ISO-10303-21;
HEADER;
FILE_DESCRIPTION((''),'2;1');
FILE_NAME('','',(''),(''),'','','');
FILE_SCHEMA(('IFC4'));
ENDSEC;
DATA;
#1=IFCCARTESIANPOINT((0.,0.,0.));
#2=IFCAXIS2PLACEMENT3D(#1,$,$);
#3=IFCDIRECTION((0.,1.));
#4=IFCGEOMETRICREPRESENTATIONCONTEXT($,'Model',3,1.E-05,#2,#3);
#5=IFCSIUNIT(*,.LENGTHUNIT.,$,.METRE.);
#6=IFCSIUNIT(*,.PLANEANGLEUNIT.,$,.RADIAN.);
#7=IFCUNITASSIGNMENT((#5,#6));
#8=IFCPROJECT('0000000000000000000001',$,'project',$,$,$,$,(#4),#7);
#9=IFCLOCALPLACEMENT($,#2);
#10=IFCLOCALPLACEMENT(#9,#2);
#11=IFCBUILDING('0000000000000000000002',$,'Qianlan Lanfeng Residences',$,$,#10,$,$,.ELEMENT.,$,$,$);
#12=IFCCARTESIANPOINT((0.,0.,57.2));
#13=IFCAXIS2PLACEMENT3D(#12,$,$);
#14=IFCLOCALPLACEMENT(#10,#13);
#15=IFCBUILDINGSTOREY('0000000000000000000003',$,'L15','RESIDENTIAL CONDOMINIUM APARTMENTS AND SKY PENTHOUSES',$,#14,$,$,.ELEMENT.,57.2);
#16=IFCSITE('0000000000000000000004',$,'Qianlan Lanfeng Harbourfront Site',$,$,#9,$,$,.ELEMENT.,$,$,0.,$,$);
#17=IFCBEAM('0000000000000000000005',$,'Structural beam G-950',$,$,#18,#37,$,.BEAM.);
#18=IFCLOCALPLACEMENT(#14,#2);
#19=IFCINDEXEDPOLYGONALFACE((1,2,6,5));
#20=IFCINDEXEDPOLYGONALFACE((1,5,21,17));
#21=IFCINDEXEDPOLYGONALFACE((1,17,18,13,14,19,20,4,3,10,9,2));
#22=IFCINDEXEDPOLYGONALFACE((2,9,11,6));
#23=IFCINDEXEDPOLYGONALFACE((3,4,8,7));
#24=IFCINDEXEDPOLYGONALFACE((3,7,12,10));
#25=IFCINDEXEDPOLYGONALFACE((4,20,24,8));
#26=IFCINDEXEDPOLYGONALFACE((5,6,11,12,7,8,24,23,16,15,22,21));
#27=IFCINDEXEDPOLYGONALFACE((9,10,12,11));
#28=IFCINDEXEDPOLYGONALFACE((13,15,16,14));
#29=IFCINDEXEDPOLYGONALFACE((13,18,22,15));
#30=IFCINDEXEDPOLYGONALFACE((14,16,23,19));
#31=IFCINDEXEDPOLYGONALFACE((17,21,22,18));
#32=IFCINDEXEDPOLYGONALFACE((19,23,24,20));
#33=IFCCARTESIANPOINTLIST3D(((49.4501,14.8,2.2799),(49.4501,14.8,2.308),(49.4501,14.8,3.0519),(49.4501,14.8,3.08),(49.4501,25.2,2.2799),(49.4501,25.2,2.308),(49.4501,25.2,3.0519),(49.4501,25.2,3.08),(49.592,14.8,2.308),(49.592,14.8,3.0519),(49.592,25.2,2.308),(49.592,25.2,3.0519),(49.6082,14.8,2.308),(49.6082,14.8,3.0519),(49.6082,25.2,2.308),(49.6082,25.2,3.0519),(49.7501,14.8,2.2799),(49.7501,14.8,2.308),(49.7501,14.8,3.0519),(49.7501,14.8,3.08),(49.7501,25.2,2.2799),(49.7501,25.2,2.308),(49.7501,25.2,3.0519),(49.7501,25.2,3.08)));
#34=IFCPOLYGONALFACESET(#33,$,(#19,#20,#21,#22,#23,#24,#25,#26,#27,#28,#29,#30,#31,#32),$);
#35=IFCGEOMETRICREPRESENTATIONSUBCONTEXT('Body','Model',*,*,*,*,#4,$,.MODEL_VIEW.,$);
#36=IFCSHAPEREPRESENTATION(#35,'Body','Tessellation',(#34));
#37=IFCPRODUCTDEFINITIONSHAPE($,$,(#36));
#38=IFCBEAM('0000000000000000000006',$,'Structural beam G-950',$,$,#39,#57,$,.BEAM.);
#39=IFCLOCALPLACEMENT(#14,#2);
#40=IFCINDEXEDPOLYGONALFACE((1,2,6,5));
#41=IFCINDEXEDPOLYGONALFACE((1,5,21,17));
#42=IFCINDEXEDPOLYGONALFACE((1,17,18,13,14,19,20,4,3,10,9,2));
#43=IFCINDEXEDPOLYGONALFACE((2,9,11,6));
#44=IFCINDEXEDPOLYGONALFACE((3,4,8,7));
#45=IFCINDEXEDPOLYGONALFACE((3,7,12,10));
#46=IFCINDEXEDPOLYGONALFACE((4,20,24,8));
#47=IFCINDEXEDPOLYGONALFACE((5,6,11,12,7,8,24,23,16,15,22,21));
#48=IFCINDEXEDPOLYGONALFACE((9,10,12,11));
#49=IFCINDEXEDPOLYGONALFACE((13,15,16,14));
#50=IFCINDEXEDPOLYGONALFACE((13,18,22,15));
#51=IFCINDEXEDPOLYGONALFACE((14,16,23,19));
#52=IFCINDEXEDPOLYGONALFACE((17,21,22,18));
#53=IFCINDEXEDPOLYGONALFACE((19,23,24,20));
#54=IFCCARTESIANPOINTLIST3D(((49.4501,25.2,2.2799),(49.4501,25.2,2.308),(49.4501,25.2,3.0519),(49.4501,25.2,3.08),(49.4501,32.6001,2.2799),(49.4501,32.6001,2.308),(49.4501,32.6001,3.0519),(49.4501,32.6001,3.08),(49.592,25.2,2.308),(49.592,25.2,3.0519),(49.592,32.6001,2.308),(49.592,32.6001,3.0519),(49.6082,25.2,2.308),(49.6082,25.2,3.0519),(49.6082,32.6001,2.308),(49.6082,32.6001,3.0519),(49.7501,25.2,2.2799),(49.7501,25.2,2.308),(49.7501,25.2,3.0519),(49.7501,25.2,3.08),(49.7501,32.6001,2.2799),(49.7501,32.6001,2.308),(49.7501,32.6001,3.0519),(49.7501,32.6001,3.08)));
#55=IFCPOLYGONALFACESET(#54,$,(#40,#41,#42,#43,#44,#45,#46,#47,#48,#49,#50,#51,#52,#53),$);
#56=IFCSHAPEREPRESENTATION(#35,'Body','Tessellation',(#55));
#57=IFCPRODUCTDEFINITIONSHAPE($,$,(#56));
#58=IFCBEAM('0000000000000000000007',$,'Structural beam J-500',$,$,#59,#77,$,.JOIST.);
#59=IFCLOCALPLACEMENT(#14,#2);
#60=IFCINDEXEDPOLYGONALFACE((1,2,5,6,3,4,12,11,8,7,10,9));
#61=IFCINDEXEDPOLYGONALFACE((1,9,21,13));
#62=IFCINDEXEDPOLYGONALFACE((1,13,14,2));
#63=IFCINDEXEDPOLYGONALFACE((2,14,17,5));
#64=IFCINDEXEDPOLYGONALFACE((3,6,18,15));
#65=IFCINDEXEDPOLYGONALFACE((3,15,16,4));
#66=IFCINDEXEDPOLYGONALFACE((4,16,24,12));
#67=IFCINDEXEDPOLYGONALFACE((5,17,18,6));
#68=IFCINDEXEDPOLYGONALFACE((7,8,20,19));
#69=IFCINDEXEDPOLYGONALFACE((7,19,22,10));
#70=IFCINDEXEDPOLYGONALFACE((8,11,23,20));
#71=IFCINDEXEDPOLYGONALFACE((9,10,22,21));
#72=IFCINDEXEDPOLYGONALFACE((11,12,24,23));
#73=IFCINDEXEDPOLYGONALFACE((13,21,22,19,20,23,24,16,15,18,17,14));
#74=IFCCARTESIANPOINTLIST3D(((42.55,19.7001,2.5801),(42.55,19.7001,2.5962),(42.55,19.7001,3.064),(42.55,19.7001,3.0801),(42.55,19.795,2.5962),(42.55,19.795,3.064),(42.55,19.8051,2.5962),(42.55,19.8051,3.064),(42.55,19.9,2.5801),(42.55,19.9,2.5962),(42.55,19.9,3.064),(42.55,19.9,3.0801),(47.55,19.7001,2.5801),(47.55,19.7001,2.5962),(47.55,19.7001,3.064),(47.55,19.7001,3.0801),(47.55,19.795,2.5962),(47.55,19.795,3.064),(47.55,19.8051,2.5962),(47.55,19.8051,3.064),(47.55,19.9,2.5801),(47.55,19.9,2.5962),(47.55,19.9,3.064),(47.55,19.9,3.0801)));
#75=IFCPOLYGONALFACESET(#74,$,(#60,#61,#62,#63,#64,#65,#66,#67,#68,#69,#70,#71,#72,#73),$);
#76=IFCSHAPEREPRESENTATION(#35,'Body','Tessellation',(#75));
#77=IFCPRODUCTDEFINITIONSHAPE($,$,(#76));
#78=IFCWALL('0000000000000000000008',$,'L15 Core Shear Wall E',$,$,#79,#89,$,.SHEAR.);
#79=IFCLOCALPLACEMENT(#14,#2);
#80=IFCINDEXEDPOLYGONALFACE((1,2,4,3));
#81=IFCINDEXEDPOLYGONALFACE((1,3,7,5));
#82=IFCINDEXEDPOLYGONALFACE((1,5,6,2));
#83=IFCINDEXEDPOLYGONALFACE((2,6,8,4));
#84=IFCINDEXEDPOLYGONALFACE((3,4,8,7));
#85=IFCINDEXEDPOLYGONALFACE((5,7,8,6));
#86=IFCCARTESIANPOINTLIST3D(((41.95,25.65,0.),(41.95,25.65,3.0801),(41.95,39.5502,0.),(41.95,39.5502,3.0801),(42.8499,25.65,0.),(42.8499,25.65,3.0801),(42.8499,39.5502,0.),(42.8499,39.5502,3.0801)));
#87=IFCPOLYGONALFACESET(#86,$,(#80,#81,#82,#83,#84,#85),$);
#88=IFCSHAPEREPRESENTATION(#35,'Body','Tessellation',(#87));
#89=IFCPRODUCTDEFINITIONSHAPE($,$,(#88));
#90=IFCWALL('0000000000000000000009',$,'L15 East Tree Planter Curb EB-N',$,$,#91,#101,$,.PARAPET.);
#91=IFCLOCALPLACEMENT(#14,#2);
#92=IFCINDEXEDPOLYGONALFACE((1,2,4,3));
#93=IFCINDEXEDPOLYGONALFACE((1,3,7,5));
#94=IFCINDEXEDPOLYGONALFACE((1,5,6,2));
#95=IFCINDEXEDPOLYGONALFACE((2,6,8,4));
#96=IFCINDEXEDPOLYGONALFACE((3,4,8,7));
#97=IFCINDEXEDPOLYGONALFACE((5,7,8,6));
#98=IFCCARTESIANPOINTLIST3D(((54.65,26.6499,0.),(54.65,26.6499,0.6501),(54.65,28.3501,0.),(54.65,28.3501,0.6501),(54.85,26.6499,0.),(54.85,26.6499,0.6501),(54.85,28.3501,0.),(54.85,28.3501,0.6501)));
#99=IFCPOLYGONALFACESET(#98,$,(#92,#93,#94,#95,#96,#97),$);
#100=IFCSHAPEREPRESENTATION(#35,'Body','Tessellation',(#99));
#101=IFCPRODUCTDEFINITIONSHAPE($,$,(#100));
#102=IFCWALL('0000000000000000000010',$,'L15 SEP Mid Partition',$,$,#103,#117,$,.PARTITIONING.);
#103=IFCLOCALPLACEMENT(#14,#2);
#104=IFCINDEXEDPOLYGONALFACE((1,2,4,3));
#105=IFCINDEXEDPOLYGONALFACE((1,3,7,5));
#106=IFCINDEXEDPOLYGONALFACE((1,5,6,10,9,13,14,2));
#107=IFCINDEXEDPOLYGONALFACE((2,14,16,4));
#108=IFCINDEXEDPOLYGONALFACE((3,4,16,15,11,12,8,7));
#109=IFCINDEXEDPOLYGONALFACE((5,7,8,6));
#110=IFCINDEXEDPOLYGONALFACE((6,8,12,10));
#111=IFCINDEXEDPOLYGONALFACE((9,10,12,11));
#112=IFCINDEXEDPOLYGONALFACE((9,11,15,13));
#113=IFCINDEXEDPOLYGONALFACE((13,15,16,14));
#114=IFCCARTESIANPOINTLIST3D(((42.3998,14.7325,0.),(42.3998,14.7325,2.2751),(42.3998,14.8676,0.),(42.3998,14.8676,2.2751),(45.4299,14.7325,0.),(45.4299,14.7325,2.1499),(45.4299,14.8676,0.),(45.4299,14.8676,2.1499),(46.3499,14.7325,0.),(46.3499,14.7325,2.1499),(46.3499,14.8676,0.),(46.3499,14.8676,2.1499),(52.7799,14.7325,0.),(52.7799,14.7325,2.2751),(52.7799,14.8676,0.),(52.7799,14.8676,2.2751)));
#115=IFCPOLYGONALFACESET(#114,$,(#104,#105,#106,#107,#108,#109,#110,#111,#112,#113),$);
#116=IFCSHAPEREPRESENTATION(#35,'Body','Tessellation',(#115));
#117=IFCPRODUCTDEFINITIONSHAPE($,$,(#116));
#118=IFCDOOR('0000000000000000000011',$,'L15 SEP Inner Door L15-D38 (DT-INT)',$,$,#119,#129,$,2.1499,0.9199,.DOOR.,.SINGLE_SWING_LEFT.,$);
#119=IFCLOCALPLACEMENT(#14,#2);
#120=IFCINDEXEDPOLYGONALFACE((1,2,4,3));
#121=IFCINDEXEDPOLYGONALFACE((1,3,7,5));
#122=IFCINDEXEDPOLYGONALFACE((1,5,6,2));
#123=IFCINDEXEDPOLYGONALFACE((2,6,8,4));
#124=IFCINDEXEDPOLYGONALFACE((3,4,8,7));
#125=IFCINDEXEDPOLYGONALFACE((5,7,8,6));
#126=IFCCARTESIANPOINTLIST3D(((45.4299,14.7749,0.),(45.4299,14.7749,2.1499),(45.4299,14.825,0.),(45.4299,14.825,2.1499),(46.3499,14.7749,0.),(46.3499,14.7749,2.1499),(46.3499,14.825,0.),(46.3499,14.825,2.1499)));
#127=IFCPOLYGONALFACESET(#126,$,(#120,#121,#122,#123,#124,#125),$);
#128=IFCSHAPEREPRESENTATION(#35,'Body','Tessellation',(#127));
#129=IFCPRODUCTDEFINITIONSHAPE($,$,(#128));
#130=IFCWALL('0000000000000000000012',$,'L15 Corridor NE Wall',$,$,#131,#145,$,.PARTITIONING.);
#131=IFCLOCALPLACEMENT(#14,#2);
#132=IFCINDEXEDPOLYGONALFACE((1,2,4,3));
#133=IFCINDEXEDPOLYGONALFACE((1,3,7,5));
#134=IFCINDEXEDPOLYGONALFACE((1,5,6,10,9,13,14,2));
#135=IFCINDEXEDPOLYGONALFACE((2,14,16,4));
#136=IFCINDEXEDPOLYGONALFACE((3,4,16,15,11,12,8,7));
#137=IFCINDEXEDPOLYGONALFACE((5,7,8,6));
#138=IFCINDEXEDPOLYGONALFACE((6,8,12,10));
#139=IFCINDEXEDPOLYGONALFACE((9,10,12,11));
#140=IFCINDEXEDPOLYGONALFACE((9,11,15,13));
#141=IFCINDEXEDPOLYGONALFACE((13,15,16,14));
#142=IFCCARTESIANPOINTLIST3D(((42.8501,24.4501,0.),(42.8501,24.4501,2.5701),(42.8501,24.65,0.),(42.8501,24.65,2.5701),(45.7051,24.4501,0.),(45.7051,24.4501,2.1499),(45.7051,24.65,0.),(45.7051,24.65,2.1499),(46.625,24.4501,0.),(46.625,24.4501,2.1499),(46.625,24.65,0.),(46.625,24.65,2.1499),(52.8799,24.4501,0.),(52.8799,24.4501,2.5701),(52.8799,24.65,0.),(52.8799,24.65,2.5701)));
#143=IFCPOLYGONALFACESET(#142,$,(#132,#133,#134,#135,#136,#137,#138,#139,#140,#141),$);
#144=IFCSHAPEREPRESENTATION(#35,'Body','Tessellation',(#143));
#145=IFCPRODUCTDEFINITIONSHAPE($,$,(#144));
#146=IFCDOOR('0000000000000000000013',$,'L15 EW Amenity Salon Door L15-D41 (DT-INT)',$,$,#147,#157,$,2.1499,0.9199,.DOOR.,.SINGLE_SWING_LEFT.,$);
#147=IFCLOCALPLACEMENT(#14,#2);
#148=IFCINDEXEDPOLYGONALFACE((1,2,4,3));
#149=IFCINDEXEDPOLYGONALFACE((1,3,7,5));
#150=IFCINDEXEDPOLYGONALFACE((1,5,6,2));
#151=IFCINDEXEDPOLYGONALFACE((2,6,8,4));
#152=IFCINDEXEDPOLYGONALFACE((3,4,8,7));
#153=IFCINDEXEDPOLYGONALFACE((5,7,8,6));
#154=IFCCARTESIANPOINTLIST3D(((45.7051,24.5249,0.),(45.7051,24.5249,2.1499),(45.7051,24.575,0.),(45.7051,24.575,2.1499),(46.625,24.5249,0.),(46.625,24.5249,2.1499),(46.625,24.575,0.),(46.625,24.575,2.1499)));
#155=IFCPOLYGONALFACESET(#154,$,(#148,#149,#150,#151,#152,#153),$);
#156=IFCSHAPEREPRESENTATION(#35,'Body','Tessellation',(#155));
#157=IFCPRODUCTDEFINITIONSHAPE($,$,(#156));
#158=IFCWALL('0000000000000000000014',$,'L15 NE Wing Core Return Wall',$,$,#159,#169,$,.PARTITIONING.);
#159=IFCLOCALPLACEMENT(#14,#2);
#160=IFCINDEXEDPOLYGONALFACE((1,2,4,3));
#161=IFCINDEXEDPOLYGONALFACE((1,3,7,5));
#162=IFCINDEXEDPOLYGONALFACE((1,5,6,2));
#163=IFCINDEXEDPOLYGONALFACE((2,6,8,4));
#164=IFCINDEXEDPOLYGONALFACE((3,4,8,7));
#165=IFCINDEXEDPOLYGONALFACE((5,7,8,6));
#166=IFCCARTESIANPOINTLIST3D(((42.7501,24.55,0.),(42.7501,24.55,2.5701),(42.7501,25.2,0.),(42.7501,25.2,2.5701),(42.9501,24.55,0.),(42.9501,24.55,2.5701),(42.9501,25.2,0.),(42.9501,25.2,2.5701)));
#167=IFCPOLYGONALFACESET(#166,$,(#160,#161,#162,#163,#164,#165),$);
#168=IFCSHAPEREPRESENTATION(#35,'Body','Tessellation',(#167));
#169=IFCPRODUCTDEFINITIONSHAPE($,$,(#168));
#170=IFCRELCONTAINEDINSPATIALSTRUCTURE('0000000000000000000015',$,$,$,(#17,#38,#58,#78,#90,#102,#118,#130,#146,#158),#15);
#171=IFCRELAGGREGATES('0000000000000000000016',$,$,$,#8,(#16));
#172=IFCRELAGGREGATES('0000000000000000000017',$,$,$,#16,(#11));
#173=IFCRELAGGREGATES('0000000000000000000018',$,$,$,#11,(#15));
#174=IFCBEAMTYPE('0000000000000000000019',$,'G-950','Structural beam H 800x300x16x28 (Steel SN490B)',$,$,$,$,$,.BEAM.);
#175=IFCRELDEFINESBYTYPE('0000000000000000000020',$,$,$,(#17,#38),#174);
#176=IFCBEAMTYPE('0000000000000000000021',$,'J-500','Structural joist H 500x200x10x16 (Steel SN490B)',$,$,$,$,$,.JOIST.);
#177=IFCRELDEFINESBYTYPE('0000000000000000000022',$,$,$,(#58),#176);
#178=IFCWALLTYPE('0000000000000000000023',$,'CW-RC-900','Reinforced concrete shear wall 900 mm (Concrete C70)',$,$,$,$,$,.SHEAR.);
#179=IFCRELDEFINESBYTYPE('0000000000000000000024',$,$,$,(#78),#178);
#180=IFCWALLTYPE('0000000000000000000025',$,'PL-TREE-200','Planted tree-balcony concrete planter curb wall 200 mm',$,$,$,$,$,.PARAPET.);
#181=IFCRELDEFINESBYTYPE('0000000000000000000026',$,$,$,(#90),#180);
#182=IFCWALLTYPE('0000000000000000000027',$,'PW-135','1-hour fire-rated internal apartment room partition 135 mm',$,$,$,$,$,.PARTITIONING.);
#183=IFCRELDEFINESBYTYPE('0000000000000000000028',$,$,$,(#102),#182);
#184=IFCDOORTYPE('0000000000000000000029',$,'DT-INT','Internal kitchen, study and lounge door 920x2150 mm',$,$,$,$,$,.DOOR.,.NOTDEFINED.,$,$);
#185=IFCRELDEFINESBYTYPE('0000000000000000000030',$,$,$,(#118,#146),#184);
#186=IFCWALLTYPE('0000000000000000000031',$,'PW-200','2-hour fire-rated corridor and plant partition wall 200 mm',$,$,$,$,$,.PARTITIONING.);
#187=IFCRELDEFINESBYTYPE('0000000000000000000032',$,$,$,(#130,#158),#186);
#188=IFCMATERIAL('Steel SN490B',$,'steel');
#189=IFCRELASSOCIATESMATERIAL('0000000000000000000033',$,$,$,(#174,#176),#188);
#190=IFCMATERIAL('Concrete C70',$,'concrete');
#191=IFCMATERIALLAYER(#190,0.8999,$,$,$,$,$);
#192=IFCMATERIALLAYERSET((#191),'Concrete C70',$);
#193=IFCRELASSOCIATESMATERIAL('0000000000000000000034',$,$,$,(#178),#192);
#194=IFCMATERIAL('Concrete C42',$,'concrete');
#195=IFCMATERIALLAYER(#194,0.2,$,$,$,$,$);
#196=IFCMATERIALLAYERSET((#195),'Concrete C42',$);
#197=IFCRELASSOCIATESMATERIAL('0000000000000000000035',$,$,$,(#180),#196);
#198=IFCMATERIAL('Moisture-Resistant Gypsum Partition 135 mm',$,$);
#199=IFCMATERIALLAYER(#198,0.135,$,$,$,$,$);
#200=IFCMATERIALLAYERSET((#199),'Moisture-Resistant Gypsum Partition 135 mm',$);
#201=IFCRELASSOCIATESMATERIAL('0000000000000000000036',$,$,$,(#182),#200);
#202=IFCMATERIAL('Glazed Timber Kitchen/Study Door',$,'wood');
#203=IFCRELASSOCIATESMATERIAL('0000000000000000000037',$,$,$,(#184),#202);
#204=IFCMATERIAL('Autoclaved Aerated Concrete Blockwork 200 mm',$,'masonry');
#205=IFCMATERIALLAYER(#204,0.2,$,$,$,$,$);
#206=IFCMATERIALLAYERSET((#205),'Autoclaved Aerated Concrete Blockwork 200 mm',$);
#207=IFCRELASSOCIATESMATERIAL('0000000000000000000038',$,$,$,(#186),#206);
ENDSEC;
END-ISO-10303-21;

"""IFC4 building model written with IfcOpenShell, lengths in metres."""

from ifc_helpers import new_model, si_unit, direction, frame, frame_2d, origin, origin_2d, place, context, subcontext, project, spatial, rectangle, i_section, extrude, material, layer, layer_set, material_profile, profile_set, type_object, element, fill, save


model = new_model("IFC4")

# Units and contexts
model_context = context("Model", 3, precision=1e-05, world=origin(), true_north=direction((0.0, 1.0)))
body_context = subcontext(model_context, "Body", "Model", "MODEL_VIEW")
ifc_project = project(units=[si_unit("LENGTHUNIT", "METRE"), si_unit("PLANEANGLEUNIT", "RADIAN")], contexts=[model_context])

# Site, building, storey
site_placement = place(None, origin())
site = spatial("IfcSite", under=ifc_project, at=site_placement, Name="Qianlan Lanfeng Harbourfront Site", CompositionType="ELEMENT", RefElevation=0.0)
building_placement = place(site_placement, origin())
building = spatial("IfcBuilding", under=site, at=building_placement, Name="Qianlan Lanfeng Residences", CompositionType="ELEMENT")
storey_placement = place(building_placement, frame((0.0, 0.0, 57.2)))
storey = spatial("IfcBuildingStorey", under=building, at=storey_placement, Name="L15", Description="RESIDENTIAL CONDOMINIUM APARTMENTS AND SKY PENTHOUSES", CompositionType="ELEMENT", Elevation=57.2)

# Shared definitions
ifc_material_1 = material(Name="Steel SN490B", Category="steel")

# Beams
ifc_material_profile_1 = material_profile(ifc_material_1, i_section(OverallWidth=0.3, OverallDepth=0.8, WebThickness=0.0161, FlangeThickness=0.0281, at=origin_2d()), Name="H 800x300x16x28")
ifc_profile_set_1 = profile_set([ifc_material_profile_1], Name="Steel SN490B")
beam_type_1 = type_object("IfcBeamType", Name="G-950", Description="Structural beam H 800x300x16x28 (Steel SN490B)", PredefinedType="BEAM", material=ifc_profile_set_1)
beam_1_placement = place(storey_placement, frame((49.6001, 14.8, 2.6799), z_axis=(0.0, 1.0, 0.0), x_axis=(-1.0, 0.0, 0.0)))
element("IfcBeam", 1, at=beam_1_placement, inside=storey, type_object=beam_type_1, Name="Structural beam G-950", PredefinedType="BEAM", context=body_context, shape_type="SweptSolid", body=[
    extrude(i_section(OverallWidth=0.3, OverallDepth=0.8, WebThickness=0.0161, FlangeThickness=0.0281, at=origin_2d()), origin(), (0.0, 0.0, 1.0), 10.3999),
])
beam_2_placement = place(storey_placement, frame((49.6001, 25.2, 2.6799), z_axis=(0.0, 1.0, 0.0), x_axis=(-1.0, 0.0, 0.0)))
element("IfcBeam", 2, at=beam_2_placement, inside=storey, type_object=beam_type_1, Name="Structural beam G-950", PredefinedType="BEAM", context=body_context, shape_type="SweptSolid", body=[
    extrude(i_section(OverallWidth=0.3, OverallDepth=0.8, WebThickness=0.0161, FlangeThickness=0.0281, at=origin_2d()), origin(), (0.0, 0.0, 1.0), 7.4001),
])
ifc_material_profile_2 = material_profile(ifc_material_1, i_section(OverallWidth=0.2, OverallDepth=0.5, WebThickness=0.01, FlangeThickness=0.0161, at=origin_2d()), Name="H 500x200x10x16")
ifc_profile_set_2 = profile_set([ifc_material_profile_2], Name="Steel SN490B")
beam_type_2 = type_object("IfcBeamType", Name="J-500", Description="Structural joist H 500x200x10x16 (Steel SN490B)", PredefinedType="JOIST", material=ifc_profile_set_2)
beam_3_placement = place(storey_placement, frame((42.55, 19.8, 2.8301), z_axis=(1.0, 0.0, 0.0), x_axis=(0.0, 1.0, 0.0)))
element("IfcBeam", 3, at=beam_3_placement, inside=storey, type_object=beam_type_2, Name="Structural beam J-500", PredefinedType="JOIST", context=body_context, shape_type="SweptSolid", body=[
    extrude(i_section(OverallWidth=0.2, OverallDepth=0.5, WebThickness=0.01, FlangeThickness=0.0161, at=origin_2d()), origin(), (0.0, 0.0, 1.0), 5.0),
])

# Walls
ifc_material_2 = material(Name="Concrete C70", Category="concrete")
ifc_layer_1 = layer(ifc_material_2, 0.8999)
ifc_layer_set_1 = layer_set([ifc_layer_1], Name="Concrete C70")
wall_type_1 = type_object("IfcWallType", Name="CW-RC-900", Description="Reinforced concrete shear wall 900 mm (Concrete C70)", PredefinedType="SHEAR", material=ifc_layer_set_1)
wall_1_placement = place(storey_placement, frame((42.3999, 25.6499, 0.0), z_axis=(0.0, 0.0, 1.0), x_axis=(0.0, 1.0, 0.0)))
element("IfcWall", 4, at=wall_1_placement, inside=storey, type_object=wall_type_1, Name="L15 Core Shear Wall E", PredefinedType="SHEAR", context=body_context, shape_type="SweptSolid", body=[
    extrude(rectangle(XDim=13.9001, YDim=0.8999, at=frame_2d((6.9502, 0.0))), origin(), (0.0, 0.0, 1.0), 3.0801),
])
ifc_material_3 = material(Name="Concrete C42", Category="concrete")
ifc_layer_2 = layer(ifc_material_3, 0.2)
ifc_layer_set_2 = layer_set([ifc_layer_2], Name="Concrete C42")
wall_type_2 = type_object("IfcWallType", Name="PL-TREE-200", Description="Planted tree-balcony concrete planter curb wall 200 mm", PredefinedType="PARAPET", material=ifc_layer_set_2)
wall_2_placement = place(storey_placement, frame((54.75, 26.6499, 0.0), z_axis=(0.0, 0.0, 1.0), x_axis=(0.0, 1.0, 0.0)))
element("IfcWall", 5, at=wall_2_placement, inside=storey, type_object=wall_type_2, Name="L15 East Tree Planter Curb EB-N", PredefinedType="PARAPET", context=body_context, shape_type="SweptSolid", body=[
    extrude(rectangle(XDim=1.7002, YDim=0.2, at=frame_2d((0.8501, 0.0))), origin(), (0.0, 0.0, 1.0), 0.6501),
])

# Walls, openings, doors
ifc_material_4 = material(Name="Moisture-Resistant Gypsum Partition 135 mm")
ifc_layer_3 = layer(ifc_material_4, 0.135)
ifc_layer_set_3 = layer_set([ifc_layer_3], Name="Moisture-Resistant Gypsum Partition 135 mm")
wall_type_3 = type_object("IfcWallType", Name="PW-135", Description="1-hour fire-rated internal apartment room partition 135 mm", PredefinedType="PARTITIONING", material=ifc_layer_set_3)
wall_3_placement = place(storey_placement, frame((42.3999, 14.8, 0.0), z_axis=(0.0, 0.0, 1.0), x_axis=(1.0, 0.0, 0.0)))
wall_3 = element("IfcWall", 6, at=wall_3_placement, inside=storey, type_object=wall_type_3, Name="L15 SEP Mid Partition", PredefinedType="PARTITIONING", context=body_context, shape_type="SweptSolid", body=[
    extrude(rectangle(XDim=10.3801, YDim=0.135, at=frame_2d((5.1899, 0.0))), origin(), (0.0, 0.0, 1.0), 2.2751),
])
opening_1_placement = place(wall_3_placement, frame((3.03, 0.0, 0.0)))
opening_1 = element("IfcOpeningElement", 7, at=opening_1_placement, cuts=wall_3, PredefinedType="OPENING", context=body_context, shape_type="SweptSolid", body=[
    extrude(rectangle(XDim=0.9199, YDim=2.1499, at=frame_2d((0.46, 1.075))), frame((0.0, 0.0776, 0.0), z_axis=(0.0, -1.0, 0.0), x_axis=(1.0, 0.0, 0.0)), (0.0, 0.0, 1.0), 0.155),
])
ifc_material_5 = material(Name="Glazed Timber Kitchen/Study Door", Category="wood")
door_type = type_object("IfcDoorType", Name="DT-INT", Description="Internal kitchen, study and lounge door 920x2150 mm", OperationType="NOTDEFINED", PredefinedType="DOOR", material=ifc_material_5)
door_1_placement = place(opening_1_placement, origin())
door_1 = element("IfcDoor", 8, at=door_1_placement, inside=storey, type_object=door_type, Name="L15 SEP Inner Door L15-D38 (DT-INT)", OperationType="SINGLE_SWING_LEFT", OverallHeight=2.1499, OverallWidth=0.9199, PredefinedType="DOOR", context=body_context, shape_type="SweptSolid", body=[
    extrude(rectangle(XDim=0.9199, YDim=2.1499, at=frame_2d((0.46, 1.075))), frame((0.0, 0.0249, 0.0), z_axis=(0.0, -1.0, 0.0), x_axis=(1.0, 0.0, 0.0)), (0.0, 0.0, 1.0), 0.05),
])
fill(opening_1, door_1)
ifc_material_6 = material(Name="Autoclaved Aerated Concrete Blockwork 200 mm", Category="masonry")
ifc_layer_4 = layer(ifc_material_6, 0.2)
ifc_layer_set_4 = layer_set([ifc_layer_4], Name="Autoclaved Aerated Concrete Blockwork 200 mm")
wall_type_4 = type_object("IfcWallType", Name="PW-200", Description="2-hour fire-rated corridor and plant partition wall 200 mm", PredefinedType="PARTITIONING", material=ifc_layer_set_4)
wall_4_placement = place(storey_placement, frame((42.8501, 24.55, 0.0), z_axis=(0.0, 0.0, 1.0), x_axis=(1.0, 0.0, 0.0)))
wall_4 = element("IfcWall", 9, at=wall_4_placement, inside=storey, type_object=wall_type_4, Name="L15 Corridor NE Wall", PredefinedType="PARTITIONING", context=body_context, shape_type="SweptSolid", body=[
    extrude(rectangle(XDim=10.0298, YDim=0.2, at=frame_2d((5.0149, 0.0))), origin(), (0.0, 0.0, 1.0), 2.5701),
])
opening_2_placement = place(wall_4_placement, frame((2.855, 0.0, 0.0)))
opening_2 = element("IfcOpeningElement", 10, at=opening_2_placement, cuts=wall_4, PredefinedType="OPENING", context=body_context, shape_type="SweptSolid", body=[
    extrude(rectangle(XDim=0.9199, YDim=2.1499, at=frame_2d((0.46, 1.075))), frame((0.0, 0.1099, 0.0), z_axis=(0.0, -1.0, 0.0), x_axis=(1.0, 0.0, 0.0)), (0.0, 0.0, 1.0), 0.22),
])
door_2_placement = place(opening_2_placement, origin())
door_2 = element("IfcDoor", 11, at=door_2_placement, inside=storey, type_object=door_type, Name="L15 EW Amenity Salon Door L15-D41 (DT-INT)", OperationType="SINGLE_SWING_LEFT", OverallHeight=2.1499, OverallWidth=0.9199, PredefinedType="DOOR", context=body_context, shape_type="SweptSolid", body=[
    extrude(rectangle(XDim=0.9199, YDim=2.1499, at=frame_2d((0.46, 1.075))), frame((0.0, 0.0249, 0.0), z_axis=(0.0, -1.0, 0.0), x_axis=(1.0, 0.0, 0.0)), (0.0, 0.0, 1.0), 0.05),
])
fill(opening_2, door_2)

# Wall
wall_5_placement = place(storey_placement, frame((42.8501, 24.55, 0.0), z_axis=(0.0, 0.0, 1.0), x_axis=(0.0, 1.0, 0.0)))
element("IfcWall", 12, at=wall_5_placement, inside=storey, type_object=wall_type_4, Name="L15 NE Wing Core Return Wall", PredefinedType="PARTITIONING", context=body_context, shape_type="SweptSolid", body=[
    extrude(rectangle(XDim=0.6499, YDim=0.2, at=frame_2d((0.325, 0.0))), origin(), (0.0, 0.0, 1.0), 2.5701),
])

save(model, "model.ifc")
